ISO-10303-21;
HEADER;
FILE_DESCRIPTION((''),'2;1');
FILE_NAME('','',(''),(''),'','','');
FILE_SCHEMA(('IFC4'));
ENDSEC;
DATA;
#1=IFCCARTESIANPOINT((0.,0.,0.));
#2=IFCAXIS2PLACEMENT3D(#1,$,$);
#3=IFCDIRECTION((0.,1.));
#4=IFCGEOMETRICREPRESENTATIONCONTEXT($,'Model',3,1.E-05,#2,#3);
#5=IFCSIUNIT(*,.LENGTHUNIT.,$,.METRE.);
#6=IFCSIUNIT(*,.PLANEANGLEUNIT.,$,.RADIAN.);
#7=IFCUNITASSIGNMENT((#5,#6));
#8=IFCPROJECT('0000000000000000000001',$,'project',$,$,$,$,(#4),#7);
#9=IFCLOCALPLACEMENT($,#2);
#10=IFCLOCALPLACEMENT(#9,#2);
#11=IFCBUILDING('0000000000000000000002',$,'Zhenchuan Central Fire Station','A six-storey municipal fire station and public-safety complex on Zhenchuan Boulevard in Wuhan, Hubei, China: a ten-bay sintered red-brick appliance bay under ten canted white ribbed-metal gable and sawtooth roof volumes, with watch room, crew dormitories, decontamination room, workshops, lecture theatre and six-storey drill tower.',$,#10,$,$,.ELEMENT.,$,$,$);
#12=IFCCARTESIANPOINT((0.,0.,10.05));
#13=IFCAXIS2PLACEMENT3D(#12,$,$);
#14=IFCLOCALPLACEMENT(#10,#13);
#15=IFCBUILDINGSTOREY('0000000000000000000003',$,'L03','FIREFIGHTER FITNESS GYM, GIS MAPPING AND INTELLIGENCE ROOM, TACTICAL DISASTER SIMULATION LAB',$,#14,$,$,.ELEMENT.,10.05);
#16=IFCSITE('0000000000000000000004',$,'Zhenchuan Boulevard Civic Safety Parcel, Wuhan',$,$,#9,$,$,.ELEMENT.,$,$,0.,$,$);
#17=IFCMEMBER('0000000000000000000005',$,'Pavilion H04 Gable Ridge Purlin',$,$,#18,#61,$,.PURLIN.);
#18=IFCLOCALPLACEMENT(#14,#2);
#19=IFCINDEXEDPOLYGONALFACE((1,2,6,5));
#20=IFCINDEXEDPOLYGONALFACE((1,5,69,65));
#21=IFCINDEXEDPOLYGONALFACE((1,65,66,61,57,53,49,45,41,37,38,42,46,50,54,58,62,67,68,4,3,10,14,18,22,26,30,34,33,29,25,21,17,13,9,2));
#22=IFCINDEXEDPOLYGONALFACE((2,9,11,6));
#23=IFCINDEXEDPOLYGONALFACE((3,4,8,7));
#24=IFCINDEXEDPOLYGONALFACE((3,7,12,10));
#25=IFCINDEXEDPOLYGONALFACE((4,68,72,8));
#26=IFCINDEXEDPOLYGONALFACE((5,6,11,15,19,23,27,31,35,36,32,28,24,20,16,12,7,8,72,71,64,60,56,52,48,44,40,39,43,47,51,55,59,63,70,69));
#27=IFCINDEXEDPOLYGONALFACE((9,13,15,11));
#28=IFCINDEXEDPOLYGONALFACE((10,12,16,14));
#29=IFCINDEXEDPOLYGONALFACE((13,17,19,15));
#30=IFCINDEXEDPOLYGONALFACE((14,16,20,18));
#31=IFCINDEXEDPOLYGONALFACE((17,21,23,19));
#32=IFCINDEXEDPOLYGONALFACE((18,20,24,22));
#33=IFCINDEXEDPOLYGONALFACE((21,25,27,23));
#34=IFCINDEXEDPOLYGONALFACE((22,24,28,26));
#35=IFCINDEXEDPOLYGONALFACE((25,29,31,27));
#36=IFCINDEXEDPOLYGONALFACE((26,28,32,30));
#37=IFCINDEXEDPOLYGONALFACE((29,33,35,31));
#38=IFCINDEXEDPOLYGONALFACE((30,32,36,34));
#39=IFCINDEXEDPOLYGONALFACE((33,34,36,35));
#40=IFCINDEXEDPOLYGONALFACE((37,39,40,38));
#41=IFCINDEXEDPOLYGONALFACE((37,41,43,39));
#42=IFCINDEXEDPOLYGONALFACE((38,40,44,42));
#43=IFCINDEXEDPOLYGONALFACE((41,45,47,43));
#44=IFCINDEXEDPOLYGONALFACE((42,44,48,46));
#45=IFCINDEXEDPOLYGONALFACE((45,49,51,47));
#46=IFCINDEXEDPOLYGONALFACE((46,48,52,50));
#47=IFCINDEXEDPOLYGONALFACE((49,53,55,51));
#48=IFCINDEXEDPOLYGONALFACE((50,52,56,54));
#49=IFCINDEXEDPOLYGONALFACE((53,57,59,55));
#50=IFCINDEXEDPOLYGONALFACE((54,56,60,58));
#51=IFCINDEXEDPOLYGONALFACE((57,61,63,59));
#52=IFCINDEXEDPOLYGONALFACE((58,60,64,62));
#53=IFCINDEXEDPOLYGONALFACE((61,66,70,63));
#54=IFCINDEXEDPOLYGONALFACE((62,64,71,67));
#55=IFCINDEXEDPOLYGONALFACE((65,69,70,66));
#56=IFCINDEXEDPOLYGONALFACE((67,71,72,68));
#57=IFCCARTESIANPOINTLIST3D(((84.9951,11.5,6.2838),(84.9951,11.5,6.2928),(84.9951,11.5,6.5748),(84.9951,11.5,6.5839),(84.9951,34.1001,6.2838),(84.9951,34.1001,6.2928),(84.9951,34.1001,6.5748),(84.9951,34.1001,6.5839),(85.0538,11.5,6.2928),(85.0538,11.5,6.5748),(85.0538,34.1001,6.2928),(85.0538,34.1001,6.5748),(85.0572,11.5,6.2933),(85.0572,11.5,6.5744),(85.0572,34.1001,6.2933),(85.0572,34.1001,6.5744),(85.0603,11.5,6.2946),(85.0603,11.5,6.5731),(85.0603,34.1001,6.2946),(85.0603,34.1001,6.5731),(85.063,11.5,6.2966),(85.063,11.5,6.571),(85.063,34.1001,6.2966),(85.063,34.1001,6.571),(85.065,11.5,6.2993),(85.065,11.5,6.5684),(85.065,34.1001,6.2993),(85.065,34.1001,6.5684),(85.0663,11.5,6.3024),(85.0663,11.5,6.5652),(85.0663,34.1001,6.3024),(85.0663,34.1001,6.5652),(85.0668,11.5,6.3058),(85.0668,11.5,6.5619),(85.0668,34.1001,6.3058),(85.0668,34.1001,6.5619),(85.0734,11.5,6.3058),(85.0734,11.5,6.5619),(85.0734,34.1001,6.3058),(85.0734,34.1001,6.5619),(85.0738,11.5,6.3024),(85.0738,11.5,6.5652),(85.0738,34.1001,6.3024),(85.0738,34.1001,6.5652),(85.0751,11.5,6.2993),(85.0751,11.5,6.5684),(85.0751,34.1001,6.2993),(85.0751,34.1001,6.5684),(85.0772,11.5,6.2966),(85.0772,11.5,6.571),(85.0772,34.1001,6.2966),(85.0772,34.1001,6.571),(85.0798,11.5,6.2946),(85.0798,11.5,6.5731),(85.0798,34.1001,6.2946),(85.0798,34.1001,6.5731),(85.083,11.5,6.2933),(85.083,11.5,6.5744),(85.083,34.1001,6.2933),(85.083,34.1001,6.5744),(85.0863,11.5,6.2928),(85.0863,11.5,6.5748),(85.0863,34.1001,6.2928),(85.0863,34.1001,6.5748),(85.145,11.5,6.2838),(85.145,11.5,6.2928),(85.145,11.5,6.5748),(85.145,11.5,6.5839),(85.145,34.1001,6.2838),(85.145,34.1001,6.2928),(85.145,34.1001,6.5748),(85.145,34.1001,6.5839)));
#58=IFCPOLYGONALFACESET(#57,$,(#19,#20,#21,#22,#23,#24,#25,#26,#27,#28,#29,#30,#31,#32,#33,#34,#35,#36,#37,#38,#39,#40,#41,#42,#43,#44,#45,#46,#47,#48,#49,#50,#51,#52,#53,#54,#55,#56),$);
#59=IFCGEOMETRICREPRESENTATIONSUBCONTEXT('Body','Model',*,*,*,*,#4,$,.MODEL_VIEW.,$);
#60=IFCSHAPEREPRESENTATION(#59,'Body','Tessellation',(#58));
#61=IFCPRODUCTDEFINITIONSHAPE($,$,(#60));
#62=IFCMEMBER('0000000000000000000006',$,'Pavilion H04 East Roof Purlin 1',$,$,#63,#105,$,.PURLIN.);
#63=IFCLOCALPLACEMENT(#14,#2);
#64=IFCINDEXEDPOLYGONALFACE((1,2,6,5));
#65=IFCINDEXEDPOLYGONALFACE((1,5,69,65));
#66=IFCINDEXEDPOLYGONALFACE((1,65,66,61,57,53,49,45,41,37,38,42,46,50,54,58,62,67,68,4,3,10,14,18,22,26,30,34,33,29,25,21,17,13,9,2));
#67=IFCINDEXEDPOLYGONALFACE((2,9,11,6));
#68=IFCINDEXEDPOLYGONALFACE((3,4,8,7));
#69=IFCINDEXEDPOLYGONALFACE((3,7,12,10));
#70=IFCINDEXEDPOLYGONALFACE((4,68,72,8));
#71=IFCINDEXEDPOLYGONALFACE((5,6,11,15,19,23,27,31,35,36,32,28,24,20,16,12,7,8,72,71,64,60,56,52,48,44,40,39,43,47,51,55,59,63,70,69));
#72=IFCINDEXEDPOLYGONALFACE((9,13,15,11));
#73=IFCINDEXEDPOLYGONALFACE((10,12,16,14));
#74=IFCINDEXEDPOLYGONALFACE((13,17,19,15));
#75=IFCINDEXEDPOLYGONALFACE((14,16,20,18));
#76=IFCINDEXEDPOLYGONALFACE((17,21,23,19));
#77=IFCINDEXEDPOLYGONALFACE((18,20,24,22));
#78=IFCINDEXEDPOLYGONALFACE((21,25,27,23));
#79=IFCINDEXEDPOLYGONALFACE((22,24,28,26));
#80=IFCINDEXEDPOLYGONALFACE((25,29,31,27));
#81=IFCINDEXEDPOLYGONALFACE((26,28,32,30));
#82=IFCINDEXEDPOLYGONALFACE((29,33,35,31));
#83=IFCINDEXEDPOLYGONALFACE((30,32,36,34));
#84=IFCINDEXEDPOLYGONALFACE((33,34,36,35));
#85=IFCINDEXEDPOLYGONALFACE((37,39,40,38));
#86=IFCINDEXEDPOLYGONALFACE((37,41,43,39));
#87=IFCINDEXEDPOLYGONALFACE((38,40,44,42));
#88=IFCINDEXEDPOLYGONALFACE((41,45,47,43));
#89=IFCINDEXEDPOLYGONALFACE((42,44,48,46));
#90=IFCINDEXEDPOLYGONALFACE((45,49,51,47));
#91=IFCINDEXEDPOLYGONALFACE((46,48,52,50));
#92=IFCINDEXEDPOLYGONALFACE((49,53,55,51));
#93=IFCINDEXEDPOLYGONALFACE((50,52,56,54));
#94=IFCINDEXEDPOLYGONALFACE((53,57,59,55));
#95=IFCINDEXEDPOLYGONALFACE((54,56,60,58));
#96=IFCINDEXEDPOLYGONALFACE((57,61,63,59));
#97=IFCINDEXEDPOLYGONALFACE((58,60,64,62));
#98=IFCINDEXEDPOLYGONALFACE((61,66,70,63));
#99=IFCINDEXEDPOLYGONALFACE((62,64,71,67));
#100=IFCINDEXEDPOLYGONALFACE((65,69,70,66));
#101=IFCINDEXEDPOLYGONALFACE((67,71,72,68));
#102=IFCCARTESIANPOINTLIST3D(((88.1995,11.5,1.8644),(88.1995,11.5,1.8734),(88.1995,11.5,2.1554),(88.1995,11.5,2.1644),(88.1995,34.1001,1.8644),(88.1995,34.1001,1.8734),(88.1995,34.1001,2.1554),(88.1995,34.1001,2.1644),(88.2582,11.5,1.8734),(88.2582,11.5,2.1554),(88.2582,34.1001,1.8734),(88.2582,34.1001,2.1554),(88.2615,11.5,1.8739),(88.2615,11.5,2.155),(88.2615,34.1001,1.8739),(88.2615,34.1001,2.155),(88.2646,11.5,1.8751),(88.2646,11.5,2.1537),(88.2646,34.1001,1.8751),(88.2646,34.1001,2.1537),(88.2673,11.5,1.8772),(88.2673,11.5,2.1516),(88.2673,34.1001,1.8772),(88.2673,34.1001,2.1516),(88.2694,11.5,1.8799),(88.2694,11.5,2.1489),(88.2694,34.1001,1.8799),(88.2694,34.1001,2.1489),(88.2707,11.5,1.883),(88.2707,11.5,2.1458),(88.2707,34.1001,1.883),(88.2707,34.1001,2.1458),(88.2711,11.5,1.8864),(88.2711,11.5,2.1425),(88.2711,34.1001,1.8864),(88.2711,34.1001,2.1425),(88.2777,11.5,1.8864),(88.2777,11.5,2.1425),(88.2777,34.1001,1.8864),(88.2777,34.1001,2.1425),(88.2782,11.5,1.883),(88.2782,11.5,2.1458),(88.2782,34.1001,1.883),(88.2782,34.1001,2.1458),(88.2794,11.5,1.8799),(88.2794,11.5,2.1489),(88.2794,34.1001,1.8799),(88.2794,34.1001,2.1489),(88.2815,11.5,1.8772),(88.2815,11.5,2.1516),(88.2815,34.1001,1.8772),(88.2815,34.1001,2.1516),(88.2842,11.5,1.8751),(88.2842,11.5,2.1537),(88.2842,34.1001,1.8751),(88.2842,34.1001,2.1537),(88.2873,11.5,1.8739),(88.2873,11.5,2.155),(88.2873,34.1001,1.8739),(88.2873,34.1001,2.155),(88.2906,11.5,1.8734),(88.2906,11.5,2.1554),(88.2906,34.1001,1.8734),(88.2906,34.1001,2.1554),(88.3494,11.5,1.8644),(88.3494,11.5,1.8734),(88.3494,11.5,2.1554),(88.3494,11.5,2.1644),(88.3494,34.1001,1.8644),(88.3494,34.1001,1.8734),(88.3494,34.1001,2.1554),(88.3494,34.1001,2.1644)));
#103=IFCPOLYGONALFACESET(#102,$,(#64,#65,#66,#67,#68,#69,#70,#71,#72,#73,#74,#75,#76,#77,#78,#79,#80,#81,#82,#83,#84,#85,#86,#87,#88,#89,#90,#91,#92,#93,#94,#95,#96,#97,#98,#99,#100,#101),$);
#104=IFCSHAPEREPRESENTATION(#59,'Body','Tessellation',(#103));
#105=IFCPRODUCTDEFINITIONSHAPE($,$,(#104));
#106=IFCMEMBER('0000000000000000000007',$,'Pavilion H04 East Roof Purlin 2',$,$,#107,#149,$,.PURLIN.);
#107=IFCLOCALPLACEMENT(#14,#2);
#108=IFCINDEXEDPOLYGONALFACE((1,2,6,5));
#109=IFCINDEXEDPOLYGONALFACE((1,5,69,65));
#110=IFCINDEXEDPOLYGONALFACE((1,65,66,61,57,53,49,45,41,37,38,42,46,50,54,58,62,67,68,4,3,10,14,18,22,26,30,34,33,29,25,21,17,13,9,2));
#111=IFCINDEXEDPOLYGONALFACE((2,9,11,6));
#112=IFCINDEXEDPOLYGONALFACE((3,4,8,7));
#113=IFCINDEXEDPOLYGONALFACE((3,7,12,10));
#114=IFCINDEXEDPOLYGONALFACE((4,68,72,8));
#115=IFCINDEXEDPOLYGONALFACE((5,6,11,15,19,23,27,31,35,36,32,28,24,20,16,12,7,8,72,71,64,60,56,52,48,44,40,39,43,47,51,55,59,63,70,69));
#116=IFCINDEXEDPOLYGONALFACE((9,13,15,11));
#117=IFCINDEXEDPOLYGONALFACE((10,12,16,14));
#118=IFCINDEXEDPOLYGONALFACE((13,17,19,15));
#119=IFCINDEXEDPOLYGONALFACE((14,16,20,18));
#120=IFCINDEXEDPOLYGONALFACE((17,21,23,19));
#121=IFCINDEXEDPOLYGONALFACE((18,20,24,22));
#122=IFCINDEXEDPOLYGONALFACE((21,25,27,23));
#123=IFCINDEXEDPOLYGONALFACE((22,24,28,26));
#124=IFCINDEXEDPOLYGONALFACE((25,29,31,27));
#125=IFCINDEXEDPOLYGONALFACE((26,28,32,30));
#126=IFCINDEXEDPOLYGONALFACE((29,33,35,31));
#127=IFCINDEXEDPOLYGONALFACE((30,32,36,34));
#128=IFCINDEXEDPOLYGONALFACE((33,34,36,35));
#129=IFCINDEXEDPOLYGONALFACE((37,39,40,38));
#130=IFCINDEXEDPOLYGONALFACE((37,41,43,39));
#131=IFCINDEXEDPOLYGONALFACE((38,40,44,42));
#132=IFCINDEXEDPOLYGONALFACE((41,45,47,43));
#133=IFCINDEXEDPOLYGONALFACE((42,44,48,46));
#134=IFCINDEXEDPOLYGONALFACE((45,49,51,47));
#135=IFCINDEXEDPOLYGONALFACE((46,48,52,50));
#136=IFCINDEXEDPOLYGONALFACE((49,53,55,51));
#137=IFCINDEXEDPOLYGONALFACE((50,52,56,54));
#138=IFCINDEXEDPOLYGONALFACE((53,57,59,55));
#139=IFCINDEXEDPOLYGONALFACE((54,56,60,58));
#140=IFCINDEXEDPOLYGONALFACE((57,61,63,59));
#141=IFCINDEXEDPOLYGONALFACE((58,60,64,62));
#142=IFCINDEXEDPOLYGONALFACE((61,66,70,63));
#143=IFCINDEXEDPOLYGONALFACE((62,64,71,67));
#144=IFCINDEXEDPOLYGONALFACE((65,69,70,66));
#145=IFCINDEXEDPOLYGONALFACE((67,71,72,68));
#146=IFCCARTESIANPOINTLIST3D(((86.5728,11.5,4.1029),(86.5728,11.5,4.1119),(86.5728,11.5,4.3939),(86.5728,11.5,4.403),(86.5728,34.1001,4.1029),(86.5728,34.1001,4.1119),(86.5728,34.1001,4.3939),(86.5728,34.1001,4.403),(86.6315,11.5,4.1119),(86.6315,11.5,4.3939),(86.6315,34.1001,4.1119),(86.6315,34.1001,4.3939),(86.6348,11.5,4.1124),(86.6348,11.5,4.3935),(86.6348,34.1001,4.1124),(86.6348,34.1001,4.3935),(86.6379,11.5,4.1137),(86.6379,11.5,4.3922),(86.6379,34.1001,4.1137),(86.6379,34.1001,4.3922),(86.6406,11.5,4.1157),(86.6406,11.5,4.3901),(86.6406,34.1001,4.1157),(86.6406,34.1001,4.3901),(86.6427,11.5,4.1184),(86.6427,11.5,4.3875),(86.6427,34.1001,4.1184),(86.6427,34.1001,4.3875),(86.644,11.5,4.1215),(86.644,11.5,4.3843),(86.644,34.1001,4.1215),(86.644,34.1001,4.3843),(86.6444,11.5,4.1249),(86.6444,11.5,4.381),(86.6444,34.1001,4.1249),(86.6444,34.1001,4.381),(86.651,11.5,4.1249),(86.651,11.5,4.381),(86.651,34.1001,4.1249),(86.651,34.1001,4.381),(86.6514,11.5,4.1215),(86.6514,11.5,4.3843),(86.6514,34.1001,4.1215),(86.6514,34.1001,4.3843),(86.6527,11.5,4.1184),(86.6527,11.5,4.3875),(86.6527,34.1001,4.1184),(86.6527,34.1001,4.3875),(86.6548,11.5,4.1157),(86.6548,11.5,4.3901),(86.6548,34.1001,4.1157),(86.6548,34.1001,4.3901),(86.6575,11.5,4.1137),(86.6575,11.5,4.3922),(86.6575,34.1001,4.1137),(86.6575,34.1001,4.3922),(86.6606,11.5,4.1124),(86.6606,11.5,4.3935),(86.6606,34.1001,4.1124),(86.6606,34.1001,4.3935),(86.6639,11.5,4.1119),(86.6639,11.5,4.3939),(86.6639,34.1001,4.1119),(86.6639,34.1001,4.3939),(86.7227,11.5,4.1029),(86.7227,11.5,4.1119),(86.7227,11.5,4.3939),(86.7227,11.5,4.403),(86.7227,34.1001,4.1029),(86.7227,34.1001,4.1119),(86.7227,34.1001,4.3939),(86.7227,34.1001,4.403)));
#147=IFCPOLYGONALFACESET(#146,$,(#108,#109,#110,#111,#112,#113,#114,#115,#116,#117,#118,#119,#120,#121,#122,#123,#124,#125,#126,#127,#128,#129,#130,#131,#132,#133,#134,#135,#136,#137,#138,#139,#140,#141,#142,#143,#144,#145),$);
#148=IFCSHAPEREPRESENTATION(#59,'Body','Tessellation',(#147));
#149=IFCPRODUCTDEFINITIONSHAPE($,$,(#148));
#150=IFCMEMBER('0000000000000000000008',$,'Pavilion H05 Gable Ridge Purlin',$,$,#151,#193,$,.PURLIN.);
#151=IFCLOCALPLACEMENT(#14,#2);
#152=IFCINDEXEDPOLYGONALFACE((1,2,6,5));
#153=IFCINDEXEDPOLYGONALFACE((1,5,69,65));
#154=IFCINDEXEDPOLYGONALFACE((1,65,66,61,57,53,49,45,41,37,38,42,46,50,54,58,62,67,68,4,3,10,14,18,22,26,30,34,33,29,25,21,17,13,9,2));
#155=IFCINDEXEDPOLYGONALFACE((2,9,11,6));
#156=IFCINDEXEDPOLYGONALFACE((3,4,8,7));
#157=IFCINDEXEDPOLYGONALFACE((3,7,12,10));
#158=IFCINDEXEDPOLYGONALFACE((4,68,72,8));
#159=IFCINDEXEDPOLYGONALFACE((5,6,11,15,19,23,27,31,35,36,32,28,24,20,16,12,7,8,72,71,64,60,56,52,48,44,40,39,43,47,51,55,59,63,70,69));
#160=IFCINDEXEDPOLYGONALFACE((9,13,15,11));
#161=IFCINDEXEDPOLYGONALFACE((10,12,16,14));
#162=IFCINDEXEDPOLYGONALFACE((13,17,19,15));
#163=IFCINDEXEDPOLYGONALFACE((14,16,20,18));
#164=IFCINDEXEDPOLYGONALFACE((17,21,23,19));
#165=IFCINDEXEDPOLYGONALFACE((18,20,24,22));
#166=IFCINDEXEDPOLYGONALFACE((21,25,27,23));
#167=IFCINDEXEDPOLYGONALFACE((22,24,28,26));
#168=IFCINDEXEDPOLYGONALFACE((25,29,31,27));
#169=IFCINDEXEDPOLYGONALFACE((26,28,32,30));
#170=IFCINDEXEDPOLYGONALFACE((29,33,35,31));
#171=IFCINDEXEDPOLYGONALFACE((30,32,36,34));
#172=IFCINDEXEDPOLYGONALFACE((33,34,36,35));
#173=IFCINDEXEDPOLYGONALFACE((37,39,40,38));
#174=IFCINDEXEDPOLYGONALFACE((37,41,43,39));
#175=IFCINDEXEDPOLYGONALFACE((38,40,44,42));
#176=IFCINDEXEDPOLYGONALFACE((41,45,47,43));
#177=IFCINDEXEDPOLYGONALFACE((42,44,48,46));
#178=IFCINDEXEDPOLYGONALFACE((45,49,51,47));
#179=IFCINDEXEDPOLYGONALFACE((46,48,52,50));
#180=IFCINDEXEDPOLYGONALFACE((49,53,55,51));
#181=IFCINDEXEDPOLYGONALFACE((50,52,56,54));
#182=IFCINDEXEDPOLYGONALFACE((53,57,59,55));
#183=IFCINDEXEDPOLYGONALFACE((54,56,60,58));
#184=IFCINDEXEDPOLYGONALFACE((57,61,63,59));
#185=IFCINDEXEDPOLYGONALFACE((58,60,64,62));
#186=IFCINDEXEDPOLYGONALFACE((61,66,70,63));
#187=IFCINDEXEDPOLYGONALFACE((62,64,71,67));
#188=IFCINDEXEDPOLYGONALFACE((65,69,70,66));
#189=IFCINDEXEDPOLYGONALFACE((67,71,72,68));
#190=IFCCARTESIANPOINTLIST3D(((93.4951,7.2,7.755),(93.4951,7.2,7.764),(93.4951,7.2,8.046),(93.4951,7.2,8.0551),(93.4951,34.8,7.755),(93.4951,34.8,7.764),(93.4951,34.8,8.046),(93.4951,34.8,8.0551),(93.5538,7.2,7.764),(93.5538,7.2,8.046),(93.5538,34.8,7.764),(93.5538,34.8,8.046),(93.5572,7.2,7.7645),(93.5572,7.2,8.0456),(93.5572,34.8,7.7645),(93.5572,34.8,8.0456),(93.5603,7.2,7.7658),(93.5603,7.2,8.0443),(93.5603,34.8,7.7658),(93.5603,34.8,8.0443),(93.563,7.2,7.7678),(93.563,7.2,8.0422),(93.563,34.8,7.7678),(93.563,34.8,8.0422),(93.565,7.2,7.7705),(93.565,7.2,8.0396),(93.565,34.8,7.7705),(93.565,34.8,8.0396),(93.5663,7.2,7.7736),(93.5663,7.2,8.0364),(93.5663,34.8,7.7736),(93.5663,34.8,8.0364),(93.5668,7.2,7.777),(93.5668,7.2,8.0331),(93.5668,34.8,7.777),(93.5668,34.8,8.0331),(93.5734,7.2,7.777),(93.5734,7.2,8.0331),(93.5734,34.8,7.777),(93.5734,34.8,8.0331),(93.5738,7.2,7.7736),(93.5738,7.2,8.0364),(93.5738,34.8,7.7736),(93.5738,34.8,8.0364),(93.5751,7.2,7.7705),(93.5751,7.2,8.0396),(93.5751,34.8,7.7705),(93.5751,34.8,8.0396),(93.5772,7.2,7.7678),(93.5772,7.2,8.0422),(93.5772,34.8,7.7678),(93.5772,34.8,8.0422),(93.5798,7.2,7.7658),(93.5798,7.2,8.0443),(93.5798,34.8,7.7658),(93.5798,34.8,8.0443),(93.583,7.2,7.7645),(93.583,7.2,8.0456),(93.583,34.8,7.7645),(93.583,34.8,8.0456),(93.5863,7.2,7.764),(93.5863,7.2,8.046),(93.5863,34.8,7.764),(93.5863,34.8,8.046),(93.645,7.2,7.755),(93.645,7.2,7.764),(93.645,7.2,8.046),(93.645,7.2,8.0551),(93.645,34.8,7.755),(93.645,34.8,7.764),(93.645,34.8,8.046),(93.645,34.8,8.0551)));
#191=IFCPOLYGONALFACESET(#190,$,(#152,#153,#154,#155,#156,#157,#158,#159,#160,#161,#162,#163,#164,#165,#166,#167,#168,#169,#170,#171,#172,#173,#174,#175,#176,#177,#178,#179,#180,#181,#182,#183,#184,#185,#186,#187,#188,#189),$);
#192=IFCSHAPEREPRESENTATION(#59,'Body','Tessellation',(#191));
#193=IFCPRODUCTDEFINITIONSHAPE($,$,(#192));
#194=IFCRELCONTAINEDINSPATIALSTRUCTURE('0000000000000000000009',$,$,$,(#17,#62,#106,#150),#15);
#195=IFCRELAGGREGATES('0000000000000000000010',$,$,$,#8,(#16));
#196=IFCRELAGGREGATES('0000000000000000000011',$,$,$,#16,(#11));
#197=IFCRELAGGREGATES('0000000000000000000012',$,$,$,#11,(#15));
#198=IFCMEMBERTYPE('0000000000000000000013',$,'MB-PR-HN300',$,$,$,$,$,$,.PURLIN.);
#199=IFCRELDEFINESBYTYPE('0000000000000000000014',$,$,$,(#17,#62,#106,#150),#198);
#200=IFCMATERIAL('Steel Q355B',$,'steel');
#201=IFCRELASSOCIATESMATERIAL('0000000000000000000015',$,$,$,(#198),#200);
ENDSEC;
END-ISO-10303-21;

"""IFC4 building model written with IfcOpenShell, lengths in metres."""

from ifc_helpers import new_model, si_unit, direction, frame, origin, origin_2d, place, context, subcontext, project, spatial, i_section, extrude, material, material_profile, profile_set, type_object, element, save


model = new_model("IFC4")

# Units and contexts
model_context = context("Model", 3, precision=1e-05, world=origin(), true_north=direction((0.0, 1.0)))
body_context = subcontext(model_context, "Body", "Model", "MODEL_VIEW")
ifc_project = project(units=[si_unit("LENGTHUNIT", "METRE"), si_unit("PLANEANGLEUNIT", "RADIAN")], contexts=[model_context])

# Site, building, storey
site_placement = place(None, origin())
site = spatial("IfcSite", under=ifc_project, at=site_placement, Name="Zhenchuan Boulevard Civic Safety Parcel, Wuhan", CompositionType="ELEMENT", RefElevation=0.0)
building_placement = place(site_placement, origin())
building = spatial("IfcBuilding", under=site, at=building_placement, Name="Zhenchuan Central Fire Station", Description="A six-storey municipal fire station and public-safety complex on Zhenchuan Boulevard in Wuhan, Hubei, China: a ten-bay sintered red-brick appliance bay under ten canted white ribbed-metal gable and sawtooth roof volumes, with watch room, crew dormitories, decontamination room, workshops, lecture theatre and six-storey drill tower.", CompositionType="ELEMENT")
storey_placement = place(building_placement, frame((0.0, 0.0, 10.05)))
storey = spatial("IfcBuildingStorey", under=building, at=storey_placement, Name="L03", Description="FIREFIGHTER FITNESS GYM, GIS MAPPING AND INTELLIGENCE ROOM, TACTICAL DISASTER SIMULATION LAB", CompositionType="ELEMENT", Elevation=10.05)

# Members
ifc_material_1 = material(Name="Steel Q355B", Category="steel")
ifc_material_profile_1 = material_profile(ifc_material_1, i_section(OverallWidth=0.1499, OverallDepth=0.3, WebThickness=0.0066, FlangeThickness=0.009, FilletRadius=0.0129, at=origin_2d()), Name="HN 300x150")
ifc_profile_set_1 = profile_set([ifc_material_profile_1], Name="Steel Q355B")
member_type_1 = type_object("IfcMemberType", Name="MB-PR-HN300", PredefinedType="PURLIN", material=ifc_profile_set_1)
for number, where, z_axis, x_axis, name in (
    (1, (85.0701, 11.5, 6.4338), (0.0, 1.0, 0.0), (-1.0, 0.0, 0.0), "Pavilion H04 Gable Ridge Purlin"),
    (2, (88.2744, 11.5, 2.0144), (0.0, 1.0, 0.0), (-1.0, 0.0, 0.0), "Pavilion H04 East Roof Purlin 1"),
    (3, (86.6477, 11.5, 4.2529), (0.0, 1.0, 0.0), (-1.0, 0.0, 0.0), "Pavilion H04 East Roof Purlin 2"),
):
    element("IfcMember", number, at=place(storey_placement, frame(where, z_axis=z_axis, x_axis=x_axis)), inside=storey, type_object=member_type_1, Name=name, PredefinedType="PURLIN", context=body_context, shape_type="SweptSolid", body=[
        extrude(i_section(OverallWidth=0.1499, OverallDepth=0.3, WebThickness=0.0066, FlangeThickness=0.009, FilletRadius=0.0129, at=origin_2d()), origin(), (0.0, 0.0, 1.0), 22.6001),
    ])
for number, where, z_axis, x_axis, name in (
    (4, (93.5701, 7.2, 7.905), (0.0, 1.0, 0.0), (-1.0, 0.0, 0.0), "Pavilion H05 Gable Ridge Purlin"),
):
    element("IfcMember", number, at=place(storey_placement, frame(where, z_axis=z_axis, x_axis=x_axis)), inside=storey, type_object=member_type_1, Name=name, PredefinedType="PURLIN", context=body_context, shape_type="SweptSolid", body=[
        extrude(i_section(OverallWidth=0.1499, OverallDepth=0.3, WebThickness=0.0066, FlangeThickness=0.009, FilletRadius=0.0129, at=origin_2d()), origin(), (0.0, 0.0, 1.0), 27.6001),
    ])

save(model, "model.ifc")
